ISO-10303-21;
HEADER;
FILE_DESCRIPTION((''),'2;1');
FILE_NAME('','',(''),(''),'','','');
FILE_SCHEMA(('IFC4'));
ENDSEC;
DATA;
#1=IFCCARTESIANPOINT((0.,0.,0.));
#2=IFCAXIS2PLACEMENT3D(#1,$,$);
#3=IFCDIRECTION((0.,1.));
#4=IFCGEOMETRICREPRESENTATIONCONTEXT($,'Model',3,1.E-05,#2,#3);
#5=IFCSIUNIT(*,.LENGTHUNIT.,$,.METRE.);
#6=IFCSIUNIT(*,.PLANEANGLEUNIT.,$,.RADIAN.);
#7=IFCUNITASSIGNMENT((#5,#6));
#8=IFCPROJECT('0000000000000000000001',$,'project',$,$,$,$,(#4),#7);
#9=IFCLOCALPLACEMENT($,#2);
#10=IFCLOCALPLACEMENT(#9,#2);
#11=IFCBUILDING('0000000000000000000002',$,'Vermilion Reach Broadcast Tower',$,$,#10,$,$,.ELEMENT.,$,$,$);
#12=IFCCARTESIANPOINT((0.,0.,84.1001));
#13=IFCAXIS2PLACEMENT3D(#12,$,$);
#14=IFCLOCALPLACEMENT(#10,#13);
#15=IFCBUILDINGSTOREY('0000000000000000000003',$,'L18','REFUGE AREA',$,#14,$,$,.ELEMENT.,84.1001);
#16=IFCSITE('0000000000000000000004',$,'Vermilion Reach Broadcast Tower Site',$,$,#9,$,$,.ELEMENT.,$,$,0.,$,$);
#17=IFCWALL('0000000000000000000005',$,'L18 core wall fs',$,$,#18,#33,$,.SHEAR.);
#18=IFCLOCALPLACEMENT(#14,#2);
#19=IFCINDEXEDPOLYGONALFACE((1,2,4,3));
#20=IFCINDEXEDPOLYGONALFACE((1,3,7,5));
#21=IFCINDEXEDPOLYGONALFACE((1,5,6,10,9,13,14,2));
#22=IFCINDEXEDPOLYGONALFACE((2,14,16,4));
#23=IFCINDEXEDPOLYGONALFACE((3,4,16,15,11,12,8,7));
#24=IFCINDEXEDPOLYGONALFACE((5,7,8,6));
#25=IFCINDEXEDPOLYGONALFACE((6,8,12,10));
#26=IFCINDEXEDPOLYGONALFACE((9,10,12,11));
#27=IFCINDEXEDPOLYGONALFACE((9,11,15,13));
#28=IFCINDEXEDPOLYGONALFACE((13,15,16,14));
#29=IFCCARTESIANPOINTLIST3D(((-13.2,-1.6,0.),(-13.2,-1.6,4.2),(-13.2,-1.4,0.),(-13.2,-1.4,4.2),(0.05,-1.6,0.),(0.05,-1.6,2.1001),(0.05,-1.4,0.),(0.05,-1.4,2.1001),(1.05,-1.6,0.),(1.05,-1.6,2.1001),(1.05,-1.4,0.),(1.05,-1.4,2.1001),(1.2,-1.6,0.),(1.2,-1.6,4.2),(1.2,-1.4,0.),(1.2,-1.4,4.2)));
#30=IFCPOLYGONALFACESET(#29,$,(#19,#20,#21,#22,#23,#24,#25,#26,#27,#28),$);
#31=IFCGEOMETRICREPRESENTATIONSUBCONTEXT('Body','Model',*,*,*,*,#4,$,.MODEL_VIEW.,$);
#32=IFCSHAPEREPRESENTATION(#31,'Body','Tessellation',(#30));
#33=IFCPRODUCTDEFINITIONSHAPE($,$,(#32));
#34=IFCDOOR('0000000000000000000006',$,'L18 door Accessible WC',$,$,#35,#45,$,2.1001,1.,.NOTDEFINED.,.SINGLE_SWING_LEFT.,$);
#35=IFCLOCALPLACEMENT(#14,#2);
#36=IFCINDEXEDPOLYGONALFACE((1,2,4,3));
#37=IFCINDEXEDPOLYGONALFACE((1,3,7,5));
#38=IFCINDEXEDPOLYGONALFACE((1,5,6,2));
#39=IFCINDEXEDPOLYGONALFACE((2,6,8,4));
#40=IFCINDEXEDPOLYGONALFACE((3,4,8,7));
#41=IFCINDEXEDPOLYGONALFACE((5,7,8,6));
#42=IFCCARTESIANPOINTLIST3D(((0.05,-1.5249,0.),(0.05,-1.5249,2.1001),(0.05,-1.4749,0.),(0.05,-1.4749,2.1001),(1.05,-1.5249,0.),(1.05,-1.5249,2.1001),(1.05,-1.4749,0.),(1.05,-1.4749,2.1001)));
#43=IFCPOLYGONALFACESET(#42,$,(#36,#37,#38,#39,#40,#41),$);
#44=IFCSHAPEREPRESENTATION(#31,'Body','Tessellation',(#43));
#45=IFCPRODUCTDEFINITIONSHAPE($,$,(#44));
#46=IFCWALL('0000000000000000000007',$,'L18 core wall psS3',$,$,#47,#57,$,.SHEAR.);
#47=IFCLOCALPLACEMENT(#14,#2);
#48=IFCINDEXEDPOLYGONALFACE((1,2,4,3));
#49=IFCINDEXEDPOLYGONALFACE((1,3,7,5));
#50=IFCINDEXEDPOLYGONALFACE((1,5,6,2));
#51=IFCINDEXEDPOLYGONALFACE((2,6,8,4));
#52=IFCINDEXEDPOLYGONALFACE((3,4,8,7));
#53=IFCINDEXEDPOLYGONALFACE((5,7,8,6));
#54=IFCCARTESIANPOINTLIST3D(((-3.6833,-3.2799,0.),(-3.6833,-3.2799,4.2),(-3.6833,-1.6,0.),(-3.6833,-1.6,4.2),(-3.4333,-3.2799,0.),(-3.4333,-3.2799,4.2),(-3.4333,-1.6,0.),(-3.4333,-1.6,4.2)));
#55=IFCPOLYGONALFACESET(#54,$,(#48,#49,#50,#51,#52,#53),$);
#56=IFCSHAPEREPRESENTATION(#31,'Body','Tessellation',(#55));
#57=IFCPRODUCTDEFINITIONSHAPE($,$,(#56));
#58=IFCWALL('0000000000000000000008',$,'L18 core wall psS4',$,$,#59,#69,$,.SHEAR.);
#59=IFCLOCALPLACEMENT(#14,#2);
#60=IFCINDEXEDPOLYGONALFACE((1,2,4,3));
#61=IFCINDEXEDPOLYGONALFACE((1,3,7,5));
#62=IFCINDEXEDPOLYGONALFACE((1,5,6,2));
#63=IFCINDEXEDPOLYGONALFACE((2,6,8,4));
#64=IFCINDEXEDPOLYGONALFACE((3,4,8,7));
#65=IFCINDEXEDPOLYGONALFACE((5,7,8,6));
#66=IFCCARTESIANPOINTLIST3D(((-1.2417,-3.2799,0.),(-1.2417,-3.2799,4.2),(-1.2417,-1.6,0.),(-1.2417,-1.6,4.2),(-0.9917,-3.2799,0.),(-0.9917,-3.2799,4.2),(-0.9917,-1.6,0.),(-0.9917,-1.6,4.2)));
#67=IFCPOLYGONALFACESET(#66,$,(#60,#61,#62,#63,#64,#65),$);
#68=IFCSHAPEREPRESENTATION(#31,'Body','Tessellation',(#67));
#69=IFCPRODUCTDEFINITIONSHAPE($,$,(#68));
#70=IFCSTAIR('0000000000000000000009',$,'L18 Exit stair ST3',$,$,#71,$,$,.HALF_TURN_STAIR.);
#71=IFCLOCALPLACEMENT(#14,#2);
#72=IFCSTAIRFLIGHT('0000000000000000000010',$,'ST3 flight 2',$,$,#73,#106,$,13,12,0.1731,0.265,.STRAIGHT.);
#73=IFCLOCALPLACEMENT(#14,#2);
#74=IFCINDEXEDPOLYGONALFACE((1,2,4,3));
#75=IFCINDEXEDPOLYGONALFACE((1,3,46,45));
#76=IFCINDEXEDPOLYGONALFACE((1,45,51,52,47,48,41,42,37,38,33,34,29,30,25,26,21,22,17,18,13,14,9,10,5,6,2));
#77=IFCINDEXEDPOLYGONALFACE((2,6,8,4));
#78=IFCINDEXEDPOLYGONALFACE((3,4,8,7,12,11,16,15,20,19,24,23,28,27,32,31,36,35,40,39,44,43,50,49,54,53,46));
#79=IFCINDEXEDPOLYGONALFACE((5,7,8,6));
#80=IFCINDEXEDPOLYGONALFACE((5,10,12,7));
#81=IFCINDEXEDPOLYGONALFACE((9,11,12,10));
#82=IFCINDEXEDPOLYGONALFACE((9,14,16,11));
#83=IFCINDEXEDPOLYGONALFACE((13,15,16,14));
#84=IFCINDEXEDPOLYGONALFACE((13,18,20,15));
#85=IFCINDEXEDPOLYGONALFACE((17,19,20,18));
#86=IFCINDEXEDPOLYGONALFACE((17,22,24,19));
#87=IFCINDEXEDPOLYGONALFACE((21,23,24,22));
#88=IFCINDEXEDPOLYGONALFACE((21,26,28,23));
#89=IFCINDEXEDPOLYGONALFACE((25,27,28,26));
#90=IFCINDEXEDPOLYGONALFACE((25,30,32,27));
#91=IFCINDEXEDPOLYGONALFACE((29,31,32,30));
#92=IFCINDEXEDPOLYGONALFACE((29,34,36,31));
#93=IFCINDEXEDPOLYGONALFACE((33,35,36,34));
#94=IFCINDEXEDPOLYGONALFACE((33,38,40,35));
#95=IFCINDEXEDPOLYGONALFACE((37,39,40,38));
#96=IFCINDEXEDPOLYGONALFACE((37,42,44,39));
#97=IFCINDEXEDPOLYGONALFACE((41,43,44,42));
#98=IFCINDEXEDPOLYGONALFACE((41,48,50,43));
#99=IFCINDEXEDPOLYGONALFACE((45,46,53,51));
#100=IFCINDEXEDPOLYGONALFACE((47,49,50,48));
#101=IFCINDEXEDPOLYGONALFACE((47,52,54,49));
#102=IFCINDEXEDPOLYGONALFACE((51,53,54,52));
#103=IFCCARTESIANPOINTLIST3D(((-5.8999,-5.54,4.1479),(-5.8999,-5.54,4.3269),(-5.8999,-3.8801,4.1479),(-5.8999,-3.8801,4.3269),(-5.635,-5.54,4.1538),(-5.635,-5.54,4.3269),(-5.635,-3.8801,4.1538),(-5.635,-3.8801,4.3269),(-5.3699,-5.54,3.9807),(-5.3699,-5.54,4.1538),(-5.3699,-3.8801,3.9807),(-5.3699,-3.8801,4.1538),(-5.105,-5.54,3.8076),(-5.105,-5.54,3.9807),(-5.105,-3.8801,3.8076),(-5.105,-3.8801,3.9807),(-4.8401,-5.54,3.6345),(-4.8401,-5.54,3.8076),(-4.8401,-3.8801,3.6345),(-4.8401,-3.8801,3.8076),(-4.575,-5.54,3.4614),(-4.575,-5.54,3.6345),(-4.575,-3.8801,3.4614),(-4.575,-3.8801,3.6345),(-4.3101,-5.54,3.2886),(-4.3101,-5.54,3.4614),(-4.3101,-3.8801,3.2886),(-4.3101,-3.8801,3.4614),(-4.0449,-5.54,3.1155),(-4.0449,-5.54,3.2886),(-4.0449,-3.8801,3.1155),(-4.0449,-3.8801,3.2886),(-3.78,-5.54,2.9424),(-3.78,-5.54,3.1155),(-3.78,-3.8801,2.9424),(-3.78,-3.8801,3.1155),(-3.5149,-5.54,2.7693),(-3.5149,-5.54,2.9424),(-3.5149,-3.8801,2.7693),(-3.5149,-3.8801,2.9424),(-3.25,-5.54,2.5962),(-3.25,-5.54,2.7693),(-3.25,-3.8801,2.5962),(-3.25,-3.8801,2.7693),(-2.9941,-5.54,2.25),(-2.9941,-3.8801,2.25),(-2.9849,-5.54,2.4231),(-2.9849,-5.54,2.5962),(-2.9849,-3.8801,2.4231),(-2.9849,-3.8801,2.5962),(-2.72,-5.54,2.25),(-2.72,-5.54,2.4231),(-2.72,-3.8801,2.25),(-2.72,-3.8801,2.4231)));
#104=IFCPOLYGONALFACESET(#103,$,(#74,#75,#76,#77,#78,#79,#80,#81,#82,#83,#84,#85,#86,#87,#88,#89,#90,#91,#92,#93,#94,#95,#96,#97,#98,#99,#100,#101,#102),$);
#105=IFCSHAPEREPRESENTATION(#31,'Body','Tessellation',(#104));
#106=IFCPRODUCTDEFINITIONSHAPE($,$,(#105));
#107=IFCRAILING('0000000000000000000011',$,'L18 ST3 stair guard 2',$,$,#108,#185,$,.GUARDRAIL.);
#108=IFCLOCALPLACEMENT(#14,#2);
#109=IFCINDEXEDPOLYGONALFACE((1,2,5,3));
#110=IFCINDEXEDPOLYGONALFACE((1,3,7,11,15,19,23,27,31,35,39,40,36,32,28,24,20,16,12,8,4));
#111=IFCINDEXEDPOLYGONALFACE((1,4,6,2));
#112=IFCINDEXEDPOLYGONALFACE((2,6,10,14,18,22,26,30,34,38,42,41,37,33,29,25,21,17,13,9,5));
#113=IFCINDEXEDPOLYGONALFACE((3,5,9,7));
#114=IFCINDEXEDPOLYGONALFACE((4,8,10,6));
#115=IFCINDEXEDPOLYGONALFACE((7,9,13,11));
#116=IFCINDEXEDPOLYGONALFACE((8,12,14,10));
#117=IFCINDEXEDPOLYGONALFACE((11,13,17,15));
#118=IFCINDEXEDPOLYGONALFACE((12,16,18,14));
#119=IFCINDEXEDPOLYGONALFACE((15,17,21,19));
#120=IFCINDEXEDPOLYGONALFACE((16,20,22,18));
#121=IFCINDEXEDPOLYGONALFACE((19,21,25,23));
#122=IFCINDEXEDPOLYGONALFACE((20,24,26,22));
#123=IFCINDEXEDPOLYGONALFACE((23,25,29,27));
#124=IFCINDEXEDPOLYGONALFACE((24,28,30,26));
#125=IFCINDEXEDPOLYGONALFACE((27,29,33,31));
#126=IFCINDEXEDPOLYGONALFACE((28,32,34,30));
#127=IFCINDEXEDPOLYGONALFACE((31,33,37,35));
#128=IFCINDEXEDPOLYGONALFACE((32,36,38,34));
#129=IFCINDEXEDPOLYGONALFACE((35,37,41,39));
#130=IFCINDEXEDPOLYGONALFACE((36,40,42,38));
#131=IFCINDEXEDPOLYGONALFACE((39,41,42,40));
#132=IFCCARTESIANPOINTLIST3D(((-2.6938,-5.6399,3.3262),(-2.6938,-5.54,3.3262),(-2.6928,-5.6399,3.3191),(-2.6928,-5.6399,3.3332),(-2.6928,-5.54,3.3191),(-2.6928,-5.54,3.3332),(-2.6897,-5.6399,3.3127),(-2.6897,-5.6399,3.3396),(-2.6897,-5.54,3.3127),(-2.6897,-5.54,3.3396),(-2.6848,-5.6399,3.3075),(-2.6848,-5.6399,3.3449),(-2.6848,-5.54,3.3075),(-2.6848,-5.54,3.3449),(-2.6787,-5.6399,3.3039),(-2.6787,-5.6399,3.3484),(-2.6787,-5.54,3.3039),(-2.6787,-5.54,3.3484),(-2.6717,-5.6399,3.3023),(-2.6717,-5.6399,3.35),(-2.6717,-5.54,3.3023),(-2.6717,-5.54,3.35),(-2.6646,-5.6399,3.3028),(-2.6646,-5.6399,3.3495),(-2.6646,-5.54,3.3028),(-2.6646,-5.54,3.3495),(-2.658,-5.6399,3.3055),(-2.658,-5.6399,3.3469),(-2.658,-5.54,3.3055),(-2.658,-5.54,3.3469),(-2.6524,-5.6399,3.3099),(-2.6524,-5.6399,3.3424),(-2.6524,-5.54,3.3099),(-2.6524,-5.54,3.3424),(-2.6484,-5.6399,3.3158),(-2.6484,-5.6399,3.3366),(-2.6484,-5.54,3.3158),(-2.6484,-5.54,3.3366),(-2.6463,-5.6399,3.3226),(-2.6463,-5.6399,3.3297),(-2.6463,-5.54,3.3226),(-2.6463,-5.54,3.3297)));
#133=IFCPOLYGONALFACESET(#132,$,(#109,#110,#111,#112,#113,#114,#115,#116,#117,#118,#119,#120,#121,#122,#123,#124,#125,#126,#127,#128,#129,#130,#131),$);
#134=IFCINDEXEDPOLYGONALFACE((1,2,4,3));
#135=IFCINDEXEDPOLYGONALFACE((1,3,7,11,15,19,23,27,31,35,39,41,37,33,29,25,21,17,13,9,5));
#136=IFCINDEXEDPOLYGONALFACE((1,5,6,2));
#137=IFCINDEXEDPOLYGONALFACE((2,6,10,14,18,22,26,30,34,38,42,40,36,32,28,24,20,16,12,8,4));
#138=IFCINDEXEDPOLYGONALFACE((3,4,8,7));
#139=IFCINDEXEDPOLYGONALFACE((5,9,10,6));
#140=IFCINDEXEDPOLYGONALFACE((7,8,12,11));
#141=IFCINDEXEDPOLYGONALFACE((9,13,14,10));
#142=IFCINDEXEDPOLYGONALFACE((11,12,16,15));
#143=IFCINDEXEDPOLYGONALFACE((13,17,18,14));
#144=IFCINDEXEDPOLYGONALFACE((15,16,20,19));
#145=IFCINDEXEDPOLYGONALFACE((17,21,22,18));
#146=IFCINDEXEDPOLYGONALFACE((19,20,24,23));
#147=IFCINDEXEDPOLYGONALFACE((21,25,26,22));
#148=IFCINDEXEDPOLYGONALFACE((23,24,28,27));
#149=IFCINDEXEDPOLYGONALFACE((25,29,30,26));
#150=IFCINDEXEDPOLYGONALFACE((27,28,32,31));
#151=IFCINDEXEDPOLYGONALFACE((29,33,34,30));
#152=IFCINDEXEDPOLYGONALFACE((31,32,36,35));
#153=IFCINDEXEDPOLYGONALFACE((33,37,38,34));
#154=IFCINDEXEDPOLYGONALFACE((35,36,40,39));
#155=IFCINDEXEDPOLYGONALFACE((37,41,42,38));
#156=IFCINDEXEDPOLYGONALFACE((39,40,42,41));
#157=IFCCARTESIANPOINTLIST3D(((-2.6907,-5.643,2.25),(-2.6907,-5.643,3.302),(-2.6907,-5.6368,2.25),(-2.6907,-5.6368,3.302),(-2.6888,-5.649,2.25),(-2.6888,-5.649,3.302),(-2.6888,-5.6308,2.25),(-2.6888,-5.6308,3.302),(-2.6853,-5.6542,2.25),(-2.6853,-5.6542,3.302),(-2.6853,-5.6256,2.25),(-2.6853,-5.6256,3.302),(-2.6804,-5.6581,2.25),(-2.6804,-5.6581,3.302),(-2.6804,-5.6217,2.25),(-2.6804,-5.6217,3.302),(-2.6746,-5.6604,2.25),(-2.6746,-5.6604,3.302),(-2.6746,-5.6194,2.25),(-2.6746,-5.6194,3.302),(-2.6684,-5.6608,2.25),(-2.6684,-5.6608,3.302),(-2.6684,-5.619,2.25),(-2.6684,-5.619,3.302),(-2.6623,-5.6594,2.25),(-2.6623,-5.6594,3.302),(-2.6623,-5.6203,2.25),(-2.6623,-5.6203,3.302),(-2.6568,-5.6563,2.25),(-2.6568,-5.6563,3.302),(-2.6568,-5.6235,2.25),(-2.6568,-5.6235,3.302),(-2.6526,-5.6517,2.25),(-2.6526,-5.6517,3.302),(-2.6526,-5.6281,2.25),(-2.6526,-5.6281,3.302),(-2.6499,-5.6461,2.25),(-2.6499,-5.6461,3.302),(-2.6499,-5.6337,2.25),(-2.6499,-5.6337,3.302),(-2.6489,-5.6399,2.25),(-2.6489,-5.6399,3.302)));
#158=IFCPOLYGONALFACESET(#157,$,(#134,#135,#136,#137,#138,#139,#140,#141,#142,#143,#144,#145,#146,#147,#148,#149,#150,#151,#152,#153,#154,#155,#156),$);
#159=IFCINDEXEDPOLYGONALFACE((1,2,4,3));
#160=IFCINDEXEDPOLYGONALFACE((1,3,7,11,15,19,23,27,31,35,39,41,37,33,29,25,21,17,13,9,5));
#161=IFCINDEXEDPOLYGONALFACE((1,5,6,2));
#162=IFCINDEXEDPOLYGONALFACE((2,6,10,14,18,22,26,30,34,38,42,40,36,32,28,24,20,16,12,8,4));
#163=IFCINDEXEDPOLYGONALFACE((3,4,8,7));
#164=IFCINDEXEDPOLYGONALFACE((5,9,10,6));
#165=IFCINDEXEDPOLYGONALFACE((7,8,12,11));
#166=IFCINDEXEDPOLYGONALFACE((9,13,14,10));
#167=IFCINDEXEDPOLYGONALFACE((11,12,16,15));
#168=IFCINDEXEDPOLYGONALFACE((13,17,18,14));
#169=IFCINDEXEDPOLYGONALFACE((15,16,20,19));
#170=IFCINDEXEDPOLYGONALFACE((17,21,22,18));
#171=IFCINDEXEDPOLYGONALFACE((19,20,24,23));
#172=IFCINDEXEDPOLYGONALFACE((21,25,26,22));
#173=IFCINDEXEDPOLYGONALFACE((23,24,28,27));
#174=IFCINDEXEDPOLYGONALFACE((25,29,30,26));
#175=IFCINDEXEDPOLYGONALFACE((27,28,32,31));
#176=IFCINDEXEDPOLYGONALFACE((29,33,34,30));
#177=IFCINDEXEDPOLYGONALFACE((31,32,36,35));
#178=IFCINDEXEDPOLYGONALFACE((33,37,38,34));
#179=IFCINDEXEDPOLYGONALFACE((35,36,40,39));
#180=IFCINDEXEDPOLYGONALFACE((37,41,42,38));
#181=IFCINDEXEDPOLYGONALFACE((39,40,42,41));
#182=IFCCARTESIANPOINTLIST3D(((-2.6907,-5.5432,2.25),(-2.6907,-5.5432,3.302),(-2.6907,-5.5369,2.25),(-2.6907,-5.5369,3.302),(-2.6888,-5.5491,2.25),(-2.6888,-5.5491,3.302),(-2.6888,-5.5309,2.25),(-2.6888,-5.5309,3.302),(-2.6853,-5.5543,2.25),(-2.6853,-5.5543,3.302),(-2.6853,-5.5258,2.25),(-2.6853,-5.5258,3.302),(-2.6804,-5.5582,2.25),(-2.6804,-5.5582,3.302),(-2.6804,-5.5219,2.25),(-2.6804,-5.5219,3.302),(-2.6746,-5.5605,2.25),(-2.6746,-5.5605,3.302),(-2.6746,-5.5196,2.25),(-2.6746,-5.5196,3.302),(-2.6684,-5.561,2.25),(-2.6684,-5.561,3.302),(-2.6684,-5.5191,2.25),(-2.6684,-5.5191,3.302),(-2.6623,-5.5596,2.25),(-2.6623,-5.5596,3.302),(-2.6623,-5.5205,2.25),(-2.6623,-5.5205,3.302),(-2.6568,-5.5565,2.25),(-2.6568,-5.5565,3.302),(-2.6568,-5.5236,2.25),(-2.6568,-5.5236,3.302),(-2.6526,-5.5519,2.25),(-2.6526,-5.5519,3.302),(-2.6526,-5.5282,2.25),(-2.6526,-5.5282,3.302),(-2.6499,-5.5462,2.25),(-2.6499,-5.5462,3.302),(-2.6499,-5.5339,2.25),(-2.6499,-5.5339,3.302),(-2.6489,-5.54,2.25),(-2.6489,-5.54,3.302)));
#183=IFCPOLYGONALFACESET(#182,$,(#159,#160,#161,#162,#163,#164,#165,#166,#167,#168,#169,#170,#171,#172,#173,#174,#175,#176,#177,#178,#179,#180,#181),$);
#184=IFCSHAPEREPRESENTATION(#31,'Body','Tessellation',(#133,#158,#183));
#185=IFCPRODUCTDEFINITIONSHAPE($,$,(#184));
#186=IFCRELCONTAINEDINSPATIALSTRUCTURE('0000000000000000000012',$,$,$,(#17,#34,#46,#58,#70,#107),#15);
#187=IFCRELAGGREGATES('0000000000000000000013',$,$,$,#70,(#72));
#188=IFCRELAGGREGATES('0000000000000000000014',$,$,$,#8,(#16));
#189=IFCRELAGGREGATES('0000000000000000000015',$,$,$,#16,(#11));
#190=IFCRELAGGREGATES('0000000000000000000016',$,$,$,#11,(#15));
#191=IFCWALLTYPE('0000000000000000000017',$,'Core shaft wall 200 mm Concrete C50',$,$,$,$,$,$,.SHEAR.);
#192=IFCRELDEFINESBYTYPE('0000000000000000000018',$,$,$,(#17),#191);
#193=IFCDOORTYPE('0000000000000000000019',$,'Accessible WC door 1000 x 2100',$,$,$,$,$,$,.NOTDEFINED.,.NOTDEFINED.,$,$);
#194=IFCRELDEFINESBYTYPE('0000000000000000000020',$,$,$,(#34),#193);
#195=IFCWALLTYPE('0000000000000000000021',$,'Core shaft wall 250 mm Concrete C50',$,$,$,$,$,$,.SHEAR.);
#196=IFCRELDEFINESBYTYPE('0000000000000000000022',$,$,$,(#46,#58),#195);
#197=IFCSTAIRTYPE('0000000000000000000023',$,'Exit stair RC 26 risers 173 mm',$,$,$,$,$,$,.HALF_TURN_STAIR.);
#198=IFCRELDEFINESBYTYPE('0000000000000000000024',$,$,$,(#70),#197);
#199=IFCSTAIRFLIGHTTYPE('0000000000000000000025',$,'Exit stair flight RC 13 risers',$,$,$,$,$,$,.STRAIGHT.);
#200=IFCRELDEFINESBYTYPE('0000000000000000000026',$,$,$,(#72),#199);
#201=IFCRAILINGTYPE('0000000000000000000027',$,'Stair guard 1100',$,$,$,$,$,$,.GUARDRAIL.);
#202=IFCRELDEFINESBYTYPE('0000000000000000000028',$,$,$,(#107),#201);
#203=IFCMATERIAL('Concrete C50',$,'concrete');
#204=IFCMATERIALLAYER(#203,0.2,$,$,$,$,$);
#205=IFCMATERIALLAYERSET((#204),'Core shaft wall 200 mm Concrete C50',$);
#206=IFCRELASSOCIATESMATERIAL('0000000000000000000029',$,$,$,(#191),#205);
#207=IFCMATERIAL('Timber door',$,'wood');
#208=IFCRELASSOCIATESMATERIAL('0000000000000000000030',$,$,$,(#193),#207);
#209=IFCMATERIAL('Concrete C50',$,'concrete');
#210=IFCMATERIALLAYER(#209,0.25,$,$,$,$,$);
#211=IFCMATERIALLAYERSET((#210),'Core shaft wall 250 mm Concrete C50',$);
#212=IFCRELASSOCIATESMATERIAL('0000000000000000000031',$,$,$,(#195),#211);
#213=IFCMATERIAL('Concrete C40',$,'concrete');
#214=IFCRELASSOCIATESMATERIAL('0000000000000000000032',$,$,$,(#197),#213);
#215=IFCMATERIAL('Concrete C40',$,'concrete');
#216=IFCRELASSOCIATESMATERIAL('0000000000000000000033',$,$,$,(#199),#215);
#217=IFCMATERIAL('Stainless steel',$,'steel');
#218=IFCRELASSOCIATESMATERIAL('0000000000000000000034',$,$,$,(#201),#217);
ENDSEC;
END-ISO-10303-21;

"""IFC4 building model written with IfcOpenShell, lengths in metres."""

from ifc_helpers import new_model, si_unit, direction, frame, frame_2d, origin, origin_2d, place, context, subcontext, project, spatial, polyline, rectangle, circle, outline, extrude, material, layer, layer_set, type_object, element, fill, aggregate, save


model = new_model("IFC4")

# Units and contexts
model_context = context("Model", 3, precision=1e-05, world=origin(), true_north=direction((0.0, 1.0)))
body_context = subcontext(model_context, "Body", "Model", "MODEL_VIEW")
ifc_project = project(units=[si_unit("LENGTHUNIT", "METRE"), si_unit("PLANEANGLEUNIT", "RADIAN")], contexts=[model_context])

# Site, building, storey
site_placement = place(None, origin())
site = spatial("IfcSite", under=ifc_project, at=site_placement, Name="Vermilion Reach Broadcast Tower Site", CompositionType="ELEMENT", RefElevation=0.0)
building_placement = place(site_placement, origin())
building = spatial("IfcBuilding", under=site, at=building_placement, Name="Vermilion Reach Broadcast Tower", CompositionType="ELEMENT")
storey_placement = place(building_placement, frame((0.0, 0.0, 84.1001)))
storey = spatial("IfcBuildingStorey", under=building, at=storey_placement, Name="L18", Description="REFUGE AREA", CompositionType="ELEMENT", Elevation=84.1001)

# Wall, opening, door
ifc_material_1 = material(Name="Concrete C50", Category="concrete")
ifc_layer_1 = layer(ifc_material_1, 0.2)
ifc_layer_set_1 = layer_set([ifc_layer_1], Name="Core shaft wall 200 mm Concrete C50")
wall_type_1 = type_object("IfcWallType", Name="Core shaft wall 200 mm Concrete C50", PredefinedType="SHEAR", material=ifc_layer_set_1)
wall_1_placement = place(storey_placement, frame((1.2, -1.5, 0.0), z_axis=(0.0, 0.0, 1.0), x_axis=(-1.0, 0.0, 0.0)))
wall_1 = element("IfcWall", 1, at=wall_1_placement, inside=storey, type_object=wall_type_1, Name="L18 core wall fs", PredefinedType="SHEAR", context=body_context, shape_type="SweptSolid", body=[
    extrude(rectangle(XDim=14.3999, YDim=0.2, at=frame_2d((7.2, 0.0))), origin(), (0.0, 0.0, 1.0), 4.2),
])
opening_1_placement = place(wall_1_placement, frame((0.1499, 0.0, 0.0)))
opening_1 = element("IfcOpeningElement", 2, at=opening_1_placement, cuts=wall_1, PredefinedType="OPENING", context=body_context, shape_type="SweptSolid", body=[
    extrude(rectangle(XDim=1.0, YDim=2.1001, at=frame_2d((0.5, 1.05))), frame((0.0, 0.1099, 0.0), z_axis=(0.0, -1.0, 0.0), x_axis=(1.0, 0.0, 0.0)), (0.0, 0.0, 1.0), 0.22),
])
ifc_material_2 = material(Name="Timber door", Category="wood")
door_type_1 = type_object("IfcDoorType", Name="Accessible WC door 1000 x 2100", OperationType="NOTDEFINED", PredefinedType="NOTDEFINED", material=ifc_material_2)
door_1_placement = place(opening_1_placement, origin())
door_1 = element("IfcDoor", 3, at=door_1_placement, inside=storey, type_object=door_type_1, Name="L18 door Accessible WC", OperationType="SINGLE_SWING_LEFT", OverallHeight=2.1001, OverallWidth=1.0, PredefinedType="NOTDEFINED", context=body_context, shape_type="SweptSolid", body=[
    extrude(rectangle(XDim=1.0, YDim=2.1001, at=frame_2d((0.5, 1.05))), frame((0.0, 0.0249, 0.0), z_axis=(0.0, -1.0, 0.0), x_axis=(1.0, 0.0, 0.0)), (0.0, 0.0, 1.0), 0.05),
])
fill(opening_1, door_1)

# Walls
ifc_material_3 = material(Name="Concrete C50", Category="concrete")
ifc_layer_2 = layer(ifc_material_3, 0.25)
ifc_layer_set_2 = layer_set([ifc_layer_2], Name="Core shaft wall 250 mm Concrete C50")
wall_type_2 = type_object("IfcWallType", Name="Core shaft wall 250 mm Concrete C50", PredefinedType="SHEAR", material=ifc_layer_set_2)
for number, where, z_axis, x_axis, name in (
    (4, (-3.5583, -1.6001, 0.0), (0.0, 0.0, 1.0), (0.0, -1.0, 0.0), "L18 core wall psS3"),
    (5, (-1.1167, -1.6001, 0.0), (0.0, 0.0, 1.0), (0.0, -1.0, 0.0), "L18 core wall psS4"),
):
    element("IfcWall", number, at=place(storey_placement, frame(where, z_axis=z_axis, x_axis=x_axis)), inside=storey, type_object=wall_type_2, Name=name, PredefinedType="SHEAR", context=body_context, shape_type="SweptSolid", body=[
        extrude(rectangle(XDim=1.6799, YDim=0.25, at=frame_2d((0.8398, 0.0))), origin(), (0.0, 0.0, 1.0), 4.2),
    ])

# Stair, stair flight
ifc_material_4 = material(Name="Concrete C40", Category="concrete")
stair_type = type_object("IfcStairType", Name="Exit stair RC 26 risers 173 mm", PredefinedType="HALF_TURN_STAIR", material=ifc_material_4)
stair_placement = place(storey_placement, origin())
stair = element("IfcStair", 6, at=stair_placement, inside=storey, type_object=stair_type, Name="L18 Exit stair ST3", PredefinedType="HALF_TURN_STAIR")
ifc_material_5 = material(Name="Concrete C40", Category="concrete")
stair_flight_type = type_object("IfcStairFlightType", Name="Exit stair flight RC 13 risers", PredefinedType="STRAIGHT", material=ifc_material_5)
stair_flight_placement = place(storey_placement, frame((-2.72, -4.71, 2.25), z_axis=(0.0, 0.0, 1.0), x_axis=(-1.0, 0.0, 0.0)))
stair_flight = element("IfcStairFlight", 7, at=stair_flight_placement, type_object=stair_flight_type, Name="ST3 flight 2", NumberOfRisers=13, NumberOfTreads=12, PredefinedType="STRAIGHT", RiserHeight=0.1731, TreadLength=0.265, context=body_context, shape_type="SweptSolid", body=[
    extrude(outline(polyline([(0.0, 0.0), (0.0, 0.1731), (0.2649, 0.1731), (0.2649, 0.3462), (0.53, 0.3462), (0.53, 0.5193), (0.7949, 0.5193), (0.7949, 0.6924), (1.0601, 0.6924), (1.0601, 0.8655), (1.325, 0.8655), (1.325, 1.0386), (1.5901, 1.0386), (1.5901, 1.2114), (1.855, 1.2114), (1.855, 1.3845), (2.1201, 1.3845), (2.1201, 1.5576), (2.385, 1.5576), (2.385, 1.7307), (2.6499, 1.7307), (2.6499, 1.9038), (2.915, 1.9038), (2.915, 2.0769), (3.1799, 2.0769), (3.1799, 2.25), (3.1799, 1.8979), (0.2742, 0.0), (0.0, 0.0)])), frame((0.0, 0.8301, 0.0), z_axis=(0.0, -1.0, 0.0), x_axis=(1.0, 0.0, 0.0)), (0.0, 0.0, 1.0), 1.6599),
])
aggregate(stair, [stair_flight])

# Railing
ifc_material_6 = material(Name="Stainless steel", Category="steel")
railing_type_1 = type_object("IfcRailingType", Name="Stair guard 1100", PredefinedType="GUARDRAIL", material=ifc_material_6)
railing_1_placement = place(storey_placement, frame((-2.6699, -5.6399, 2.25)))
element("IfcRailing", 8, at=railing_1_placement, inside=storey, type_object=railing_type_1, Name="L18 ST3 stair guard 2", PredefinedType="GUARDRAIL", context=body_context, shape_type="SweptSolid", body=[
    extrude(circle(Radius=0.0239, at=origin_2d()), frame((0.0, 0.0, 1.0762), z_axis=(0.0, 1.0, 0.0), x_axis=(-1.0, 0.0, 0.0)), (0.0, 0.0, 1.0), 0.0999),
    extrude(circle(Radius=0.021, at=origin_2d()), origin(), (0.0, 0.0, 1.0), 1.052),
    extrude(circle(Radius=0.021, at=origin_2d()), frame((0.0, 0.0999, 0.0)), (0.0, 0.0, 1.0), 1.052),
])

save(model, "model.ifc")
